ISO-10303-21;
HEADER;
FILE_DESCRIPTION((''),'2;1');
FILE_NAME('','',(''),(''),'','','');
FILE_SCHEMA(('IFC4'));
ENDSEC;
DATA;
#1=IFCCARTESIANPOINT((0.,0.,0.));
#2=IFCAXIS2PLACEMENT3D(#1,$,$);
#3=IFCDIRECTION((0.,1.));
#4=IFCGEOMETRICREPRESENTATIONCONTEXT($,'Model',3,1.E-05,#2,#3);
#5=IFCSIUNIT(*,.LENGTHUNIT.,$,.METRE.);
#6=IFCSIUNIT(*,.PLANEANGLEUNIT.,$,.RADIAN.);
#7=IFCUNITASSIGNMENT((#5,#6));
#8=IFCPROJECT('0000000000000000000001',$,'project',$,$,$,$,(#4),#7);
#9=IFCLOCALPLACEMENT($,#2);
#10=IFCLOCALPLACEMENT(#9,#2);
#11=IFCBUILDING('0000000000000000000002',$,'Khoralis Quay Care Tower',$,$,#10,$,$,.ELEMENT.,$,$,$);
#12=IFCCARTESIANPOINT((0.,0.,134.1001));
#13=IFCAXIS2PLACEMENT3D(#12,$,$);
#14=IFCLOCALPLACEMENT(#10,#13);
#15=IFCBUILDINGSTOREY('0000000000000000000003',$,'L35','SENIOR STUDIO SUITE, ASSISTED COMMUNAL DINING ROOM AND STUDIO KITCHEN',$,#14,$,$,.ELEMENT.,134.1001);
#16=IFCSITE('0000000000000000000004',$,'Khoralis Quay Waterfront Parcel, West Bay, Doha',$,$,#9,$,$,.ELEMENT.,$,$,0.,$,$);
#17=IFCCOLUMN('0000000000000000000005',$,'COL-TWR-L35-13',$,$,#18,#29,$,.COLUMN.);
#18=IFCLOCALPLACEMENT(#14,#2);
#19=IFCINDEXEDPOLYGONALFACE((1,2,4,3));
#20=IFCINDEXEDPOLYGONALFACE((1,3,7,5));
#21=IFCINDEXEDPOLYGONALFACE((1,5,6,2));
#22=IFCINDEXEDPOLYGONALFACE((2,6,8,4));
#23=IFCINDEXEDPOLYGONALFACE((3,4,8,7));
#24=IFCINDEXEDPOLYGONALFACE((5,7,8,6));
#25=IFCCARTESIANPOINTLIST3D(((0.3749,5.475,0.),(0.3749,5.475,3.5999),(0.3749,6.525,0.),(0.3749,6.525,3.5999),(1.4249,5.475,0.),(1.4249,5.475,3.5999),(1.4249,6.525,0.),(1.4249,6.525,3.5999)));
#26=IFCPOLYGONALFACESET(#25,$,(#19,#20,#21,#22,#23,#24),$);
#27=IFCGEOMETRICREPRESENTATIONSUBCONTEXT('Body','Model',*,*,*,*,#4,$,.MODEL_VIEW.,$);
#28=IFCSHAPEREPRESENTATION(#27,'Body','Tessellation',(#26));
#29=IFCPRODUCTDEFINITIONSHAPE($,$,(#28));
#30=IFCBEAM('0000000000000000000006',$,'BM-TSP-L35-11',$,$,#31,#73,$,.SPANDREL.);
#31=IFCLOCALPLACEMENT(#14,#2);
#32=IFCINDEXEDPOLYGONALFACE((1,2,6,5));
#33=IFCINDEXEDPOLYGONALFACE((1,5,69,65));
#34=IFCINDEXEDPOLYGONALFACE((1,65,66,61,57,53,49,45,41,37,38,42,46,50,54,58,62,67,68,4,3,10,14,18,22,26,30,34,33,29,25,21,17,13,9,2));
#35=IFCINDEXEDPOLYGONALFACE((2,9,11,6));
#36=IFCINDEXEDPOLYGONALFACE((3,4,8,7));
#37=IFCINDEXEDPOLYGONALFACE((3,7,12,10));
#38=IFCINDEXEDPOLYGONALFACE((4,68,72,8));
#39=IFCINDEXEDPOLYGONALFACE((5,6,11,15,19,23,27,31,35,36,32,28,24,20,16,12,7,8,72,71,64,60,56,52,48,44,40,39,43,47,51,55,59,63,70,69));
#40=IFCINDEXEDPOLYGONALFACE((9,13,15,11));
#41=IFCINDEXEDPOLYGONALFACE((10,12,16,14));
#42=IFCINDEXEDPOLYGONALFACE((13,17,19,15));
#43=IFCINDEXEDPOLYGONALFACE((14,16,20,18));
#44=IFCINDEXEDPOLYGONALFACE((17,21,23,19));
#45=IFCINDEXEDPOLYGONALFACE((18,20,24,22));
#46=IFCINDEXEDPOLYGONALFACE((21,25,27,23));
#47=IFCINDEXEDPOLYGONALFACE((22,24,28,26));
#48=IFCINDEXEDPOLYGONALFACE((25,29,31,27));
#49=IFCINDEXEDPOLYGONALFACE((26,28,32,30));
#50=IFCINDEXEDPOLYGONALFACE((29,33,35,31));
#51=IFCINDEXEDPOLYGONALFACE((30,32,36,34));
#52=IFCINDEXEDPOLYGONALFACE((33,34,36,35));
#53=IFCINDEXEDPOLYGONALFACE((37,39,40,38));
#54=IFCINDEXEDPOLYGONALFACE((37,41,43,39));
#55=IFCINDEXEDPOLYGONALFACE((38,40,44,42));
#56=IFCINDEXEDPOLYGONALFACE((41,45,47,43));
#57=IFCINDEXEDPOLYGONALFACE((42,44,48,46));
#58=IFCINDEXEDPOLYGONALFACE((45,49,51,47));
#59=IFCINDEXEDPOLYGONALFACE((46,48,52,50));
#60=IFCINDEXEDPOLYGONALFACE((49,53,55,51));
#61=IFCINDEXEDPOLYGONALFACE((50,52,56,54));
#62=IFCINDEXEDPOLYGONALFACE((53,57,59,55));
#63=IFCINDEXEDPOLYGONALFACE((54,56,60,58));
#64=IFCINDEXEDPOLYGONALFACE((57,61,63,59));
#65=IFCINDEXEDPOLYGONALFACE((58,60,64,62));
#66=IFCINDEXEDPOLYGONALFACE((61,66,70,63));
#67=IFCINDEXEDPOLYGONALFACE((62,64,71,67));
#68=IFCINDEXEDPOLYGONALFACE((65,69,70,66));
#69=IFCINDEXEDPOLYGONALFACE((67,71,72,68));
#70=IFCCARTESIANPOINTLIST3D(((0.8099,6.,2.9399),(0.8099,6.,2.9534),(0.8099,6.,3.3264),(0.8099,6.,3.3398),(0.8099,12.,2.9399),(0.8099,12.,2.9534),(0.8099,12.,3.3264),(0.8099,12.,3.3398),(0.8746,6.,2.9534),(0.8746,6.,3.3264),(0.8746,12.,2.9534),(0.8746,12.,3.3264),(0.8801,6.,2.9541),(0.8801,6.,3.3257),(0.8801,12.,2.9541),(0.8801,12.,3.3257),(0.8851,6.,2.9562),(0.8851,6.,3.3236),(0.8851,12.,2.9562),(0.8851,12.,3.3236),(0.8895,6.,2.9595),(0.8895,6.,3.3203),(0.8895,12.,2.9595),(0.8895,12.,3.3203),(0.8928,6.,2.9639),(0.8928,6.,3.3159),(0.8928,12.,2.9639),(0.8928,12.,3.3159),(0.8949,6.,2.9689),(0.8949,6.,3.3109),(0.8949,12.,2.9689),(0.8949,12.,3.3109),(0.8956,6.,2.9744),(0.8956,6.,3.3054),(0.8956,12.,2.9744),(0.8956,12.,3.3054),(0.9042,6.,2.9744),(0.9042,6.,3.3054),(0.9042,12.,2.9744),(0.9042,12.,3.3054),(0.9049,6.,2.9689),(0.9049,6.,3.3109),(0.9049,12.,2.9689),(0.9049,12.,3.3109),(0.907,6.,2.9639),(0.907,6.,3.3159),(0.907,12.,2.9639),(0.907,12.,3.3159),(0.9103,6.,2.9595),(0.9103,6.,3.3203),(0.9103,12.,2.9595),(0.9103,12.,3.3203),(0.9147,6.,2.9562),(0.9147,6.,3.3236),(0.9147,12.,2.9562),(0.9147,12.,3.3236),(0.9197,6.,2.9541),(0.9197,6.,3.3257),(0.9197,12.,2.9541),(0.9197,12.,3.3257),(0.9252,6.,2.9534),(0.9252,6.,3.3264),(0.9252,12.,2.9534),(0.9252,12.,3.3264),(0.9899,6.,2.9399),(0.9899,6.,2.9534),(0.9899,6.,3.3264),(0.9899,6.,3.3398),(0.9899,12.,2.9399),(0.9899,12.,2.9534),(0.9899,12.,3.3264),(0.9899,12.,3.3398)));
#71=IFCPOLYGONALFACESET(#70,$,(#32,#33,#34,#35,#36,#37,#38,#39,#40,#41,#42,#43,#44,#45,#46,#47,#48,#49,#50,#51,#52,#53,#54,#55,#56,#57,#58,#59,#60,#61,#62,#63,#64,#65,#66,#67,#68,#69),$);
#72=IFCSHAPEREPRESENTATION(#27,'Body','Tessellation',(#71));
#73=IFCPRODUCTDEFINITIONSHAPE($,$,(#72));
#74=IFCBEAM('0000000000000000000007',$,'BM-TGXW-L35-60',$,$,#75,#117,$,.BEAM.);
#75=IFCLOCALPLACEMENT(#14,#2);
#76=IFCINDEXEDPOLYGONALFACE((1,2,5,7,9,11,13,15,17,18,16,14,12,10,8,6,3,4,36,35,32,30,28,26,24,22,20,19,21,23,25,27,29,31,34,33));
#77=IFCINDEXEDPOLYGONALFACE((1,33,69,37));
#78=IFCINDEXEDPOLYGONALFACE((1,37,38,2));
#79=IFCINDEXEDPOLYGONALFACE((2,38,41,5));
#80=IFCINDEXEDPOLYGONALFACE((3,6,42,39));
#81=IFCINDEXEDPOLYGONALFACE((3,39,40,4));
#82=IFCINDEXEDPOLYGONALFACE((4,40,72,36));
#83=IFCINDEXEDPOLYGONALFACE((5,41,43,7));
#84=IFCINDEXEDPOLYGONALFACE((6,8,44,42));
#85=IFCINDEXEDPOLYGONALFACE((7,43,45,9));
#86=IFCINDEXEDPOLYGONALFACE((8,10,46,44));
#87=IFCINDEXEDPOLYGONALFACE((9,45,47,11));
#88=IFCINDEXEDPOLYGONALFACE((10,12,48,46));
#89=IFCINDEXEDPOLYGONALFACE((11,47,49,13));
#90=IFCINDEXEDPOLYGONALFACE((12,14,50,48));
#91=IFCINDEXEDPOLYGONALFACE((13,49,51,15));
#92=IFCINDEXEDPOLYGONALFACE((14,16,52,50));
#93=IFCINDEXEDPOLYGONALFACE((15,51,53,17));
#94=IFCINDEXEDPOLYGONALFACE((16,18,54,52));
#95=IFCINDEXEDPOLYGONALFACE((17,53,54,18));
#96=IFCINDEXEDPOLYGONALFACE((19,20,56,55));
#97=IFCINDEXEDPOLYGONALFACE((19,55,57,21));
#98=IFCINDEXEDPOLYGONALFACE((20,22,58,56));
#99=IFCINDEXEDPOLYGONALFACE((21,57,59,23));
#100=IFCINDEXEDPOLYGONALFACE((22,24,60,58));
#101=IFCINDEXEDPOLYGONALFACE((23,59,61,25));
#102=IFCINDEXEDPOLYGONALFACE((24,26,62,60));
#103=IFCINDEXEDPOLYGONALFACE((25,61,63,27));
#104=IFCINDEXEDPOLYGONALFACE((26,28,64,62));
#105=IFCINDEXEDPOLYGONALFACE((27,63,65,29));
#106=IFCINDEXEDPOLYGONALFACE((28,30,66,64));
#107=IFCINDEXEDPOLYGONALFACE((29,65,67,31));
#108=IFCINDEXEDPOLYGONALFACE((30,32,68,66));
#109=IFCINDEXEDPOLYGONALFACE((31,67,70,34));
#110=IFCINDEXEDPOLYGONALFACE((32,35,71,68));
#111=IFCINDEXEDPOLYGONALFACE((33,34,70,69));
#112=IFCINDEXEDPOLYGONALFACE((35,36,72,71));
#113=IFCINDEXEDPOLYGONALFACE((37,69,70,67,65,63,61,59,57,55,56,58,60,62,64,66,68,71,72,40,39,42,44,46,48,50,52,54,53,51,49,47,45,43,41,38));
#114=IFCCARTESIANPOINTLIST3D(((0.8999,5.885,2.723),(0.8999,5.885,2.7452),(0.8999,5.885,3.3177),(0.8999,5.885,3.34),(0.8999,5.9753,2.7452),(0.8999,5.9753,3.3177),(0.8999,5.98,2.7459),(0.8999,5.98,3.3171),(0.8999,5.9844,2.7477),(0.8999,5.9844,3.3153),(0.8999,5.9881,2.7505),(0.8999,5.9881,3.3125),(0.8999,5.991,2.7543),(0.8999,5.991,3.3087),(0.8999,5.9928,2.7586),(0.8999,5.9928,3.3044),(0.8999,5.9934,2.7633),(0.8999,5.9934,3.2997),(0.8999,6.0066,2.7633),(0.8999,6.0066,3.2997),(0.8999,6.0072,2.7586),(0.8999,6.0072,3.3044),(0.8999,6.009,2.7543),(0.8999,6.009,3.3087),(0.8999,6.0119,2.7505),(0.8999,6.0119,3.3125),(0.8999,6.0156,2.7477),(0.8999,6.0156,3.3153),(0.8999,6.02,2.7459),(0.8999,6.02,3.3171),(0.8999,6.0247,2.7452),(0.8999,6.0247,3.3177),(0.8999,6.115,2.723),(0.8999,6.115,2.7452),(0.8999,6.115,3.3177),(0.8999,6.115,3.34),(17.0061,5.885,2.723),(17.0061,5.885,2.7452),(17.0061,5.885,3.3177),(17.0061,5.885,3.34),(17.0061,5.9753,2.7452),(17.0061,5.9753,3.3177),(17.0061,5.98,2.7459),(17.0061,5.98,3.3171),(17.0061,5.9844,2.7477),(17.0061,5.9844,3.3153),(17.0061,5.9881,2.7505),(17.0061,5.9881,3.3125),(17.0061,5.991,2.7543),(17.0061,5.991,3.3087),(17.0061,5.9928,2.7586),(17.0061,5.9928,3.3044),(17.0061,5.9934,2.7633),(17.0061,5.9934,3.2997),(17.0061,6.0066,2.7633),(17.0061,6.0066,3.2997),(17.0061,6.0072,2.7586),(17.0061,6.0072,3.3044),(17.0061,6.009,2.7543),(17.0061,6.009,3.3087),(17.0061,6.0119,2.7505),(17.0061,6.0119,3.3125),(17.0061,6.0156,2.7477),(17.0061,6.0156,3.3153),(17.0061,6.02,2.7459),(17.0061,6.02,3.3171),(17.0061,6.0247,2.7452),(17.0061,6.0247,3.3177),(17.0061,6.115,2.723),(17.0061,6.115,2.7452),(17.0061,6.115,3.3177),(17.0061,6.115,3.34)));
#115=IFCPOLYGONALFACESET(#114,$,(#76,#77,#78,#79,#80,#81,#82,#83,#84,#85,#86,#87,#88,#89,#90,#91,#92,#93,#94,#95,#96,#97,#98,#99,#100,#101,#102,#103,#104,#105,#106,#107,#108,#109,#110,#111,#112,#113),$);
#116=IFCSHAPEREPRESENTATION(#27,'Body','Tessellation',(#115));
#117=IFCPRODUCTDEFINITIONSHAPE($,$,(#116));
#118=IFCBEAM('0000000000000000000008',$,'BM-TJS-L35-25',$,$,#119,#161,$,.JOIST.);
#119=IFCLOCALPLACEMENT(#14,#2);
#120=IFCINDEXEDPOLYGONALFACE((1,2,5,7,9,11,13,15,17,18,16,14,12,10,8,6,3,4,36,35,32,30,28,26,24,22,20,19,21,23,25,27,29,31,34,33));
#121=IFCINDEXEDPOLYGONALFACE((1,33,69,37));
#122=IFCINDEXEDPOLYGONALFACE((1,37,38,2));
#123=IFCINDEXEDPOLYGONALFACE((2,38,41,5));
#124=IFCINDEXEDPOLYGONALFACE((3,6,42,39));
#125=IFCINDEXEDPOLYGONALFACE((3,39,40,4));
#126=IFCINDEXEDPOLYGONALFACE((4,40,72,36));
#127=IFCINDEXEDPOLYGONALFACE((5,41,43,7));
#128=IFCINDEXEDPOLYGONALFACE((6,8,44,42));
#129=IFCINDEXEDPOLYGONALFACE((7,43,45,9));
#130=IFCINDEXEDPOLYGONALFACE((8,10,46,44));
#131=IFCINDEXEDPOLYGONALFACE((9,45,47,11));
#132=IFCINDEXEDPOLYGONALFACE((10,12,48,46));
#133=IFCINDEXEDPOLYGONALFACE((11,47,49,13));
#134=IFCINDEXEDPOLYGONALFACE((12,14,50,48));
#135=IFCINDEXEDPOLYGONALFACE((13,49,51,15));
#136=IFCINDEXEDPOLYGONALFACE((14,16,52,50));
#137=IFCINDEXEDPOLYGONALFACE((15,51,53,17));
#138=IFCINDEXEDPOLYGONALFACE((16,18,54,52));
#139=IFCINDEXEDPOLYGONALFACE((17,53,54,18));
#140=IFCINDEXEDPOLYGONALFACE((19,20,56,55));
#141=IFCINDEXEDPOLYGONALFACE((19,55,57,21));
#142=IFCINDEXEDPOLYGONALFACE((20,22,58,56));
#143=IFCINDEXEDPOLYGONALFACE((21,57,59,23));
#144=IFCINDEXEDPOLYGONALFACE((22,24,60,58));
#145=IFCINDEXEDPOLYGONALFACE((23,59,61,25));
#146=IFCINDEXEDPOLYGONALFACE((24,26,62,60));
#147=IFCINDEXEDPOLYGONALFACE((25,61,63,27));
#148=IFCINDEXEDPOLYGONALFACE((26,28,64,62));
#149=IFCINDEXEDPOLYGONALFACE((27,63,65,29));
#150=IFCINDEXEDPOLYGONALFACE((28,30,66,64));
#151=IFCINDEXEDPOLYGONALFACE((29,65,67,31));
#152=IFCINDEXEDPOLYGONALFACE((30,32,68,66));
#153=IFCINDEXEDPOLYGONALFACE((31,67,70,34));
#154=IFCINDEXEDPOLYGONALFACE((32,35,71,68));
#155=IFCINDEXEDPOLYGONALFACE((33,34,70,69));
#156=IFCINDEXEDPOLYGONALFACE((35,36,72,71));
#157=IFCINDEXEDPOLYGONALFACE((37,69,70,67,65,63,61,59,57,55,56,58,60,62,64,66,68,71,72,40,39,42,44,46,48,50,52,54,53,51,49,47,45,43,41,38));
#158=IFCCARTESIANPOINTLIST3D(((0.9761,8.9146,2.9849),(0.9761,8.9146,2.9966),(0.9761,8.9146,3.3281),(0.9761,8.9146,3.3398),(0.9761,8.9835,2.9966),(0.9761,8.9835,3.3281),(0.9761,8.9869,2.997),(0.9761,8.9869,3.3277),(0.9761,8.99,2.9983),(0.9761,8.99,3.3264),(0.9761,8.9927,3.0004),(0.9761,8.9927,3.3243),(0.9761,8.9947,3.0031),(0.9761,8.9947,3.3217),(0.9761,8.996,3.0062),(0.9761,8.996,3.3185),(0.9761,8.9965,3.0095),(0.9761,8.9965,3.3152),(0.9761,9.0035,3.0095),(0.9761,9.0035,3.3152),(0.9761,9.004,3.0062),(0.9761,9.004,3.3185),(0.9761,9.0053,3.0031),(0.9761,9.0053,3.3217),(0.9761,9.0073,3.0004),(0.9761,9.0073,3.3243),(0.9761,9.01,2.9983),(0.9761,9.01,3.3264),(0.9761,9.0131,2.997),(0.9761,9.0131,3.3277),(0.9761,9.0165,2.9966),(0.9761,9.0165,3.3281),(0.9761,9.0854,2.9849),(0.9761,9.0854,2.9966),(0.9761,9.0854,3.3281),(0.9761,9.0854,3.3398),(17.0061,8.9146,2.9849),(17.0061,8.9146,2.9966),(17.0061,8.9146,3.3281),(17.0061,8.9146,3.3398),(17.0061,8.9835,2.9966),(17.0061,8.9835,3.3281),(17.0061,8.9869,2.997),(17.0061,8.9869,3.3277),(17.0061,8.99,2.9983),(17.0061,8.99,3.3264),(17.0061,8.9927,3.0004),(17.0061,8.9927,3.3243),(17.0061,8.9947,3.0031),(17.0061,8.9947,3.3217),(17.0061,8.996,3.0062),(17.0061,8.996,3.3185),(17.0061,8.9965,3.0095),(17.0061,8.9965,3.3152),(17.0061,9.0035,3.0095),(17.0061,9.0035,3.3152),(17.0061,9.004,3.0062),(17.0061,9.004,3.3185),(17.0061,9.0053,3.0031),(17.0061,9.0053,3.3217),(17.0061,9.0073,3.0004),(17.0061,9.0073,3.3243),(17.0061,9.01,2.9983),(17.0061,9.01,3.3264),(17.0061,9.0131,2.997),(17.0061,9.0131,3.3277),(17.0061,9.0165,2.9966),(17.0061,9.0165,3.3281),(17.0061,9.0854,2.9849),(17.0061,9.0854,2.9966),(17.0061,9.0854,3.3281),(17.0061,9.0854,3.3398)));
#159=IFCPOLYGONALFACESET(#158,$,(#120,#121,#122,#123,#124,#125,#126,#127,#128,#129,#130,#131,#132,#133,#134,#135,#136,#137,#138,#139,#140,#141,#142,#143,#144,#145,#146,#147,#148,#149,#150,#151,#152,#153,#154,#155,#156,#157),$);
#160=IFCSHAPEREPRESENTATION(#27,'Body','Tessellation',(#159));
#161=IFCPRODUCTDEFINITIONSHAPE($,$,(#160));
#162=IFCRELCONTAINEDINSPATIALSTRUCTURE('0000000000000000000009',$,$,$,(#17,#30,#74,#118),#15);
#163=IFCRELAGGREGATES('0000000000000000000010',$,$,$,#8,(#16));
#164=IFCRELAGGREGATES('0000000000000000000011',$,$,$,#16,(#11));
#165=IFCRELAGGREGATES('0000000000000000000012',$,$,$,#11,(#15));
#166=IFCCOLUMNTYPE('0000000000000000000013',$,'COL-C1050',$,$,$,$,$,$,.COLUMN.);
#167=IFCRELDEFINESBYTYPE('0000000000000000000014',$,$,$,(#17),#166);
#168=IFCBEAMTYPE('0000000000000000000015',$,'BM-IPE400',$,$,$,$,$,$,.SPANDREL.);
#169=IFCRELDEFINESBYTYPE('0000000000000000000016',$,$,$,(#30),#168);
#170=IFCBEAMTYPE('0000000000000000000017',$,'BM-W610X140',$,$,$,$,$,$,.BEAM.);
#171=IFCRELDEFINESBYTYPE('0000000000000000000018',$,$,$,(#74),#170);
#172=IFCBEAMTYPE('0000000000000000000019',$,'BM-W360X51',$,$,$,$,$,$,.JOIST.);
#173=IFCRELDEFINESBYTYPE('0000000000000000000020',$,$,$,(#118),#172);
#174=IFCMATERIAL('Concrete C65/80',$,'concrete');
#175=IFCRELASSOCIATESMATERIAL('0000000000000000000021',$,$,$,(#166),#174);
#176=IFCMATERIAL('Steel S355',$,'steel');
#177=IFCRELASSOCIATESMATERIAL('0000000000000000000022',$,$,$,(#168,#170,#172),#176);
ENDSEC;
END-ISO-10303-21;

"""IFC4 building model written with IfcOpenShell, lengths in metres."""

from ifc_helpers import new_model, si_unit, direction, frame, origin, origin_2d, place, context, subcontext, project, spatial, rectangle, i_section, extrude, source, transform, mapped, material, material_profile, profile_set, type_object, element, save


model = new_model("IFC4")

# Units and contexts
model_context = context("Model", 3, precision=1e-05, world=origin(), true_north=direction((0.0, 1.0)))
body_context = subcontext(model_context, "Body", "Model", "MODEL_VIEW")
ifc_project = project(units=[si_unit("LENGTHUNIT", "METRE"), si_unit("PLANEANGLEUNIT", "RADIAN")], contexts=[model_context])

# Site, building, storey
site_placement = place(None, origin())
site = spatial("IfcSite", under=ifc_project, at=site_placement, Name="Khoralis Quay Waterfront Parcel, West Bay, Doha", CompositionType="ELEMENT", RefElevation=0.0)
building_placement = place(site_placement, origin())
building = spatial("IfcBuilding", under=site, at=building_placement, Name="Khoralis Quay Care Tower", CompositionType="ELEMENT")
storey_placement = place(building_placement, frame((0.0, 0.0, 134.1001)))
storey = spatial("IfcBuildingStorey", under=building, at=storey_placement, Name="L35", Description="SENIOR STUDIO SUITE, ASSISTED COMMUNAL DINING ROOM AND STUDIO KITCHEN", CompositionType="ELEMENT", Elevation=134.1001)

# Column
ifc_material_1 = material(Name="Concrete C65/80", Category="concrete")
ifc_material_profile_1 = material_profile(ifc_material_1, rectangle(XDim=1.05, YDim=1.05, at=origin_2d()), Name="Concrete C65/80")
ifc_profile_set_1 = profile_set([ifc_material_profile_1], Name="Concrete C65/80")
column_type = type_object("IfcColumnType", Name="COL-C1050", PredefinedType="COLUMN", material=ifc_profile_set_1)
shared_shape_1 = source(origin(), body_context, "Body", "SweptSolid", [
    extrude(rectangle(XDim=1.05, YDim=1.05, at=origin_2d()), origin(), (0.0, 0.0, 1.0), 3.5999),
])
column_placement = place(storey_placement, frame((0.8999, 6.0, 0.0), z_axis=(0.0, 0.0, 1.0), x_axis=(1.0, 0.0, 0.0)))
element("IfcColumn", 1, at=column_placement, inside=storey, type_object=column_type, Name="COL-TWR-L35-13", PredefinedType="COLUMN", context=body_context, shape_type="MappedRepresentation", body=[
    mapped(shared_shape_1, transform((0.0, 0.0, 0.0), scale=1.0)),
])

# Beams
ifc_material_2 = material(Name="Steel S355", Category="steel")
ifc_material_profile_2 = material_profile(ifc_material_2, i_section(OverallWidth=0.1799, OverallDepth=0.3999, WebThickness=0.0085, FlangeThickness=0.0134, FilletRadius=0.021, at=origin_2d()), Name="Steel S355")
ifc_profile_set_2 = profile_set([ifc_material_profile_2], Name="Steel S355")
beam_type_1 = type_object("IfcBeamType", Name="BM-IPE400", PredefinedType="SPANDREL", material=ifc_profile_set_2)
shared_shape_2 = source(origin(), body_context, "Body", "SweptSolid", [
    extrude(i_section(OverallWidth=0.1799, OverallDepth=0.3999, WebThickness=0.0085, FlangeThickness=0.0134, FilletRadius=0.021, at=origin_2d()), origin(), (0.0, 0.0, 1.0), 6.0),
])
beam_1_placement = place(storey_placement, frame((0.8999, 6.0, 3.1399), z_axis=(0.0, 1.0, 0.0), x_axis=(-1.0, 0.0, 0.0)))
element("IfcBeam", 2, at=beam_1_placement, inside=storey, type_object=beam_type_1, Name="BM-TSP-L35-11", PredefinedType="SPANDREL", context=body_context, shape_type="MappedRepresentation", body=[
    mapped(shared_shape_2, transform((0.0, 0.0, 0.0), scale=1.0)),
])
ifc_material_profile_3 = material_profile(ifc_material_2, i_section(OverallWidth=0.23, OverallDepth=0.6169, WebThickness=0.0132, FlangeThickness=0.0222, FilletRadius=0.0181, at=origin_2d()), Name="Steel S355")
ifc_profile_set_3 = profile_set([ifc_material_profile_3], Name="Steel S355")
beam_type_2 = type_object("IfcBeamType", Name="BM-W610X140", PredefinedType="BEAM", material=ifc_profile_set_3)
shared_shape_3 = source(origin(), body_context, "Body", "SweptSolid", [
    extrude(i_section(OverallWidth=0.23, OverallDepth=0.6169, WebThickness=0.0132, FlangeThickness=0.0222, FilletRadius=0.0181, at=origin_2d()), origin(), (0.0, 0.0, 1.0), 16.1062),
])
beam_2_placement = place(storey_placement, frame((0.8999, 6.0, 3.0315), z_axis=(1.0, 0.0, 0.0), x_axis=(0.0, 1.0, 0.0)))
element("IfcBeam", 3, at=beam_2_placement, inside=storey, type_object=beam_type_2, Name="BM-TGXW-L35-60", PredefinedType="BEAM", context=body_context, shape_type="MappedRepresentation", body=[
    mapped(shared_shape_3, transform((0.0, 0.0, 0.0), scale=1.0)),
])
ifc_material_profile_4 = material_profile(ifc_material_2, i_section(OverallWidth=0.1709, OverallDepth=0.355, WebThickness=0.0071, FlangeThickness=0.0117, FilletRadius=0.0129, at=origin_2d()), Name="Steel S355")
ifc_profile_set_4 = profile_set([ifc_material_profile_4], Name="Steel S355")
beam_type_3 = type_object("IfcBeamType", Name="BM-W360X51", PredefinedType="JOIST", material=ifc_profile_set_4)
shared_shape_4 = source(origin(), body_context, "Body", "SweptSolid", [
    extrude(i_section(OverallWidth=0.1709, OverallDepth=0.355, WebThickness=0.0071, FlangeThickness=0.0117, FilletRadius=0.0129, at=origin_2d()), origin(), (0.0, 0.0, 1.0), 16.03),
])
beam_3_placement = place(storey_placement, frame((0.9761, 9.0, 3.1624), z_axis=(1.0, 0.0, 0.0), x_axis=(0.0, 1.0, 0.0)))
element("IfcBeam", 4, at=beam_3_placement, inside=storey, type_object=beam_type_3, Name="BM-TJS-L35-25", PredefinedType="JOIST", context=body_context, shape_type="MappedRepresentation", body=[
    mapped(shared_shape_4, transform((0.0, 0.0, 0.0), scale=1.0)),
])

save(model, "model.ifc")
